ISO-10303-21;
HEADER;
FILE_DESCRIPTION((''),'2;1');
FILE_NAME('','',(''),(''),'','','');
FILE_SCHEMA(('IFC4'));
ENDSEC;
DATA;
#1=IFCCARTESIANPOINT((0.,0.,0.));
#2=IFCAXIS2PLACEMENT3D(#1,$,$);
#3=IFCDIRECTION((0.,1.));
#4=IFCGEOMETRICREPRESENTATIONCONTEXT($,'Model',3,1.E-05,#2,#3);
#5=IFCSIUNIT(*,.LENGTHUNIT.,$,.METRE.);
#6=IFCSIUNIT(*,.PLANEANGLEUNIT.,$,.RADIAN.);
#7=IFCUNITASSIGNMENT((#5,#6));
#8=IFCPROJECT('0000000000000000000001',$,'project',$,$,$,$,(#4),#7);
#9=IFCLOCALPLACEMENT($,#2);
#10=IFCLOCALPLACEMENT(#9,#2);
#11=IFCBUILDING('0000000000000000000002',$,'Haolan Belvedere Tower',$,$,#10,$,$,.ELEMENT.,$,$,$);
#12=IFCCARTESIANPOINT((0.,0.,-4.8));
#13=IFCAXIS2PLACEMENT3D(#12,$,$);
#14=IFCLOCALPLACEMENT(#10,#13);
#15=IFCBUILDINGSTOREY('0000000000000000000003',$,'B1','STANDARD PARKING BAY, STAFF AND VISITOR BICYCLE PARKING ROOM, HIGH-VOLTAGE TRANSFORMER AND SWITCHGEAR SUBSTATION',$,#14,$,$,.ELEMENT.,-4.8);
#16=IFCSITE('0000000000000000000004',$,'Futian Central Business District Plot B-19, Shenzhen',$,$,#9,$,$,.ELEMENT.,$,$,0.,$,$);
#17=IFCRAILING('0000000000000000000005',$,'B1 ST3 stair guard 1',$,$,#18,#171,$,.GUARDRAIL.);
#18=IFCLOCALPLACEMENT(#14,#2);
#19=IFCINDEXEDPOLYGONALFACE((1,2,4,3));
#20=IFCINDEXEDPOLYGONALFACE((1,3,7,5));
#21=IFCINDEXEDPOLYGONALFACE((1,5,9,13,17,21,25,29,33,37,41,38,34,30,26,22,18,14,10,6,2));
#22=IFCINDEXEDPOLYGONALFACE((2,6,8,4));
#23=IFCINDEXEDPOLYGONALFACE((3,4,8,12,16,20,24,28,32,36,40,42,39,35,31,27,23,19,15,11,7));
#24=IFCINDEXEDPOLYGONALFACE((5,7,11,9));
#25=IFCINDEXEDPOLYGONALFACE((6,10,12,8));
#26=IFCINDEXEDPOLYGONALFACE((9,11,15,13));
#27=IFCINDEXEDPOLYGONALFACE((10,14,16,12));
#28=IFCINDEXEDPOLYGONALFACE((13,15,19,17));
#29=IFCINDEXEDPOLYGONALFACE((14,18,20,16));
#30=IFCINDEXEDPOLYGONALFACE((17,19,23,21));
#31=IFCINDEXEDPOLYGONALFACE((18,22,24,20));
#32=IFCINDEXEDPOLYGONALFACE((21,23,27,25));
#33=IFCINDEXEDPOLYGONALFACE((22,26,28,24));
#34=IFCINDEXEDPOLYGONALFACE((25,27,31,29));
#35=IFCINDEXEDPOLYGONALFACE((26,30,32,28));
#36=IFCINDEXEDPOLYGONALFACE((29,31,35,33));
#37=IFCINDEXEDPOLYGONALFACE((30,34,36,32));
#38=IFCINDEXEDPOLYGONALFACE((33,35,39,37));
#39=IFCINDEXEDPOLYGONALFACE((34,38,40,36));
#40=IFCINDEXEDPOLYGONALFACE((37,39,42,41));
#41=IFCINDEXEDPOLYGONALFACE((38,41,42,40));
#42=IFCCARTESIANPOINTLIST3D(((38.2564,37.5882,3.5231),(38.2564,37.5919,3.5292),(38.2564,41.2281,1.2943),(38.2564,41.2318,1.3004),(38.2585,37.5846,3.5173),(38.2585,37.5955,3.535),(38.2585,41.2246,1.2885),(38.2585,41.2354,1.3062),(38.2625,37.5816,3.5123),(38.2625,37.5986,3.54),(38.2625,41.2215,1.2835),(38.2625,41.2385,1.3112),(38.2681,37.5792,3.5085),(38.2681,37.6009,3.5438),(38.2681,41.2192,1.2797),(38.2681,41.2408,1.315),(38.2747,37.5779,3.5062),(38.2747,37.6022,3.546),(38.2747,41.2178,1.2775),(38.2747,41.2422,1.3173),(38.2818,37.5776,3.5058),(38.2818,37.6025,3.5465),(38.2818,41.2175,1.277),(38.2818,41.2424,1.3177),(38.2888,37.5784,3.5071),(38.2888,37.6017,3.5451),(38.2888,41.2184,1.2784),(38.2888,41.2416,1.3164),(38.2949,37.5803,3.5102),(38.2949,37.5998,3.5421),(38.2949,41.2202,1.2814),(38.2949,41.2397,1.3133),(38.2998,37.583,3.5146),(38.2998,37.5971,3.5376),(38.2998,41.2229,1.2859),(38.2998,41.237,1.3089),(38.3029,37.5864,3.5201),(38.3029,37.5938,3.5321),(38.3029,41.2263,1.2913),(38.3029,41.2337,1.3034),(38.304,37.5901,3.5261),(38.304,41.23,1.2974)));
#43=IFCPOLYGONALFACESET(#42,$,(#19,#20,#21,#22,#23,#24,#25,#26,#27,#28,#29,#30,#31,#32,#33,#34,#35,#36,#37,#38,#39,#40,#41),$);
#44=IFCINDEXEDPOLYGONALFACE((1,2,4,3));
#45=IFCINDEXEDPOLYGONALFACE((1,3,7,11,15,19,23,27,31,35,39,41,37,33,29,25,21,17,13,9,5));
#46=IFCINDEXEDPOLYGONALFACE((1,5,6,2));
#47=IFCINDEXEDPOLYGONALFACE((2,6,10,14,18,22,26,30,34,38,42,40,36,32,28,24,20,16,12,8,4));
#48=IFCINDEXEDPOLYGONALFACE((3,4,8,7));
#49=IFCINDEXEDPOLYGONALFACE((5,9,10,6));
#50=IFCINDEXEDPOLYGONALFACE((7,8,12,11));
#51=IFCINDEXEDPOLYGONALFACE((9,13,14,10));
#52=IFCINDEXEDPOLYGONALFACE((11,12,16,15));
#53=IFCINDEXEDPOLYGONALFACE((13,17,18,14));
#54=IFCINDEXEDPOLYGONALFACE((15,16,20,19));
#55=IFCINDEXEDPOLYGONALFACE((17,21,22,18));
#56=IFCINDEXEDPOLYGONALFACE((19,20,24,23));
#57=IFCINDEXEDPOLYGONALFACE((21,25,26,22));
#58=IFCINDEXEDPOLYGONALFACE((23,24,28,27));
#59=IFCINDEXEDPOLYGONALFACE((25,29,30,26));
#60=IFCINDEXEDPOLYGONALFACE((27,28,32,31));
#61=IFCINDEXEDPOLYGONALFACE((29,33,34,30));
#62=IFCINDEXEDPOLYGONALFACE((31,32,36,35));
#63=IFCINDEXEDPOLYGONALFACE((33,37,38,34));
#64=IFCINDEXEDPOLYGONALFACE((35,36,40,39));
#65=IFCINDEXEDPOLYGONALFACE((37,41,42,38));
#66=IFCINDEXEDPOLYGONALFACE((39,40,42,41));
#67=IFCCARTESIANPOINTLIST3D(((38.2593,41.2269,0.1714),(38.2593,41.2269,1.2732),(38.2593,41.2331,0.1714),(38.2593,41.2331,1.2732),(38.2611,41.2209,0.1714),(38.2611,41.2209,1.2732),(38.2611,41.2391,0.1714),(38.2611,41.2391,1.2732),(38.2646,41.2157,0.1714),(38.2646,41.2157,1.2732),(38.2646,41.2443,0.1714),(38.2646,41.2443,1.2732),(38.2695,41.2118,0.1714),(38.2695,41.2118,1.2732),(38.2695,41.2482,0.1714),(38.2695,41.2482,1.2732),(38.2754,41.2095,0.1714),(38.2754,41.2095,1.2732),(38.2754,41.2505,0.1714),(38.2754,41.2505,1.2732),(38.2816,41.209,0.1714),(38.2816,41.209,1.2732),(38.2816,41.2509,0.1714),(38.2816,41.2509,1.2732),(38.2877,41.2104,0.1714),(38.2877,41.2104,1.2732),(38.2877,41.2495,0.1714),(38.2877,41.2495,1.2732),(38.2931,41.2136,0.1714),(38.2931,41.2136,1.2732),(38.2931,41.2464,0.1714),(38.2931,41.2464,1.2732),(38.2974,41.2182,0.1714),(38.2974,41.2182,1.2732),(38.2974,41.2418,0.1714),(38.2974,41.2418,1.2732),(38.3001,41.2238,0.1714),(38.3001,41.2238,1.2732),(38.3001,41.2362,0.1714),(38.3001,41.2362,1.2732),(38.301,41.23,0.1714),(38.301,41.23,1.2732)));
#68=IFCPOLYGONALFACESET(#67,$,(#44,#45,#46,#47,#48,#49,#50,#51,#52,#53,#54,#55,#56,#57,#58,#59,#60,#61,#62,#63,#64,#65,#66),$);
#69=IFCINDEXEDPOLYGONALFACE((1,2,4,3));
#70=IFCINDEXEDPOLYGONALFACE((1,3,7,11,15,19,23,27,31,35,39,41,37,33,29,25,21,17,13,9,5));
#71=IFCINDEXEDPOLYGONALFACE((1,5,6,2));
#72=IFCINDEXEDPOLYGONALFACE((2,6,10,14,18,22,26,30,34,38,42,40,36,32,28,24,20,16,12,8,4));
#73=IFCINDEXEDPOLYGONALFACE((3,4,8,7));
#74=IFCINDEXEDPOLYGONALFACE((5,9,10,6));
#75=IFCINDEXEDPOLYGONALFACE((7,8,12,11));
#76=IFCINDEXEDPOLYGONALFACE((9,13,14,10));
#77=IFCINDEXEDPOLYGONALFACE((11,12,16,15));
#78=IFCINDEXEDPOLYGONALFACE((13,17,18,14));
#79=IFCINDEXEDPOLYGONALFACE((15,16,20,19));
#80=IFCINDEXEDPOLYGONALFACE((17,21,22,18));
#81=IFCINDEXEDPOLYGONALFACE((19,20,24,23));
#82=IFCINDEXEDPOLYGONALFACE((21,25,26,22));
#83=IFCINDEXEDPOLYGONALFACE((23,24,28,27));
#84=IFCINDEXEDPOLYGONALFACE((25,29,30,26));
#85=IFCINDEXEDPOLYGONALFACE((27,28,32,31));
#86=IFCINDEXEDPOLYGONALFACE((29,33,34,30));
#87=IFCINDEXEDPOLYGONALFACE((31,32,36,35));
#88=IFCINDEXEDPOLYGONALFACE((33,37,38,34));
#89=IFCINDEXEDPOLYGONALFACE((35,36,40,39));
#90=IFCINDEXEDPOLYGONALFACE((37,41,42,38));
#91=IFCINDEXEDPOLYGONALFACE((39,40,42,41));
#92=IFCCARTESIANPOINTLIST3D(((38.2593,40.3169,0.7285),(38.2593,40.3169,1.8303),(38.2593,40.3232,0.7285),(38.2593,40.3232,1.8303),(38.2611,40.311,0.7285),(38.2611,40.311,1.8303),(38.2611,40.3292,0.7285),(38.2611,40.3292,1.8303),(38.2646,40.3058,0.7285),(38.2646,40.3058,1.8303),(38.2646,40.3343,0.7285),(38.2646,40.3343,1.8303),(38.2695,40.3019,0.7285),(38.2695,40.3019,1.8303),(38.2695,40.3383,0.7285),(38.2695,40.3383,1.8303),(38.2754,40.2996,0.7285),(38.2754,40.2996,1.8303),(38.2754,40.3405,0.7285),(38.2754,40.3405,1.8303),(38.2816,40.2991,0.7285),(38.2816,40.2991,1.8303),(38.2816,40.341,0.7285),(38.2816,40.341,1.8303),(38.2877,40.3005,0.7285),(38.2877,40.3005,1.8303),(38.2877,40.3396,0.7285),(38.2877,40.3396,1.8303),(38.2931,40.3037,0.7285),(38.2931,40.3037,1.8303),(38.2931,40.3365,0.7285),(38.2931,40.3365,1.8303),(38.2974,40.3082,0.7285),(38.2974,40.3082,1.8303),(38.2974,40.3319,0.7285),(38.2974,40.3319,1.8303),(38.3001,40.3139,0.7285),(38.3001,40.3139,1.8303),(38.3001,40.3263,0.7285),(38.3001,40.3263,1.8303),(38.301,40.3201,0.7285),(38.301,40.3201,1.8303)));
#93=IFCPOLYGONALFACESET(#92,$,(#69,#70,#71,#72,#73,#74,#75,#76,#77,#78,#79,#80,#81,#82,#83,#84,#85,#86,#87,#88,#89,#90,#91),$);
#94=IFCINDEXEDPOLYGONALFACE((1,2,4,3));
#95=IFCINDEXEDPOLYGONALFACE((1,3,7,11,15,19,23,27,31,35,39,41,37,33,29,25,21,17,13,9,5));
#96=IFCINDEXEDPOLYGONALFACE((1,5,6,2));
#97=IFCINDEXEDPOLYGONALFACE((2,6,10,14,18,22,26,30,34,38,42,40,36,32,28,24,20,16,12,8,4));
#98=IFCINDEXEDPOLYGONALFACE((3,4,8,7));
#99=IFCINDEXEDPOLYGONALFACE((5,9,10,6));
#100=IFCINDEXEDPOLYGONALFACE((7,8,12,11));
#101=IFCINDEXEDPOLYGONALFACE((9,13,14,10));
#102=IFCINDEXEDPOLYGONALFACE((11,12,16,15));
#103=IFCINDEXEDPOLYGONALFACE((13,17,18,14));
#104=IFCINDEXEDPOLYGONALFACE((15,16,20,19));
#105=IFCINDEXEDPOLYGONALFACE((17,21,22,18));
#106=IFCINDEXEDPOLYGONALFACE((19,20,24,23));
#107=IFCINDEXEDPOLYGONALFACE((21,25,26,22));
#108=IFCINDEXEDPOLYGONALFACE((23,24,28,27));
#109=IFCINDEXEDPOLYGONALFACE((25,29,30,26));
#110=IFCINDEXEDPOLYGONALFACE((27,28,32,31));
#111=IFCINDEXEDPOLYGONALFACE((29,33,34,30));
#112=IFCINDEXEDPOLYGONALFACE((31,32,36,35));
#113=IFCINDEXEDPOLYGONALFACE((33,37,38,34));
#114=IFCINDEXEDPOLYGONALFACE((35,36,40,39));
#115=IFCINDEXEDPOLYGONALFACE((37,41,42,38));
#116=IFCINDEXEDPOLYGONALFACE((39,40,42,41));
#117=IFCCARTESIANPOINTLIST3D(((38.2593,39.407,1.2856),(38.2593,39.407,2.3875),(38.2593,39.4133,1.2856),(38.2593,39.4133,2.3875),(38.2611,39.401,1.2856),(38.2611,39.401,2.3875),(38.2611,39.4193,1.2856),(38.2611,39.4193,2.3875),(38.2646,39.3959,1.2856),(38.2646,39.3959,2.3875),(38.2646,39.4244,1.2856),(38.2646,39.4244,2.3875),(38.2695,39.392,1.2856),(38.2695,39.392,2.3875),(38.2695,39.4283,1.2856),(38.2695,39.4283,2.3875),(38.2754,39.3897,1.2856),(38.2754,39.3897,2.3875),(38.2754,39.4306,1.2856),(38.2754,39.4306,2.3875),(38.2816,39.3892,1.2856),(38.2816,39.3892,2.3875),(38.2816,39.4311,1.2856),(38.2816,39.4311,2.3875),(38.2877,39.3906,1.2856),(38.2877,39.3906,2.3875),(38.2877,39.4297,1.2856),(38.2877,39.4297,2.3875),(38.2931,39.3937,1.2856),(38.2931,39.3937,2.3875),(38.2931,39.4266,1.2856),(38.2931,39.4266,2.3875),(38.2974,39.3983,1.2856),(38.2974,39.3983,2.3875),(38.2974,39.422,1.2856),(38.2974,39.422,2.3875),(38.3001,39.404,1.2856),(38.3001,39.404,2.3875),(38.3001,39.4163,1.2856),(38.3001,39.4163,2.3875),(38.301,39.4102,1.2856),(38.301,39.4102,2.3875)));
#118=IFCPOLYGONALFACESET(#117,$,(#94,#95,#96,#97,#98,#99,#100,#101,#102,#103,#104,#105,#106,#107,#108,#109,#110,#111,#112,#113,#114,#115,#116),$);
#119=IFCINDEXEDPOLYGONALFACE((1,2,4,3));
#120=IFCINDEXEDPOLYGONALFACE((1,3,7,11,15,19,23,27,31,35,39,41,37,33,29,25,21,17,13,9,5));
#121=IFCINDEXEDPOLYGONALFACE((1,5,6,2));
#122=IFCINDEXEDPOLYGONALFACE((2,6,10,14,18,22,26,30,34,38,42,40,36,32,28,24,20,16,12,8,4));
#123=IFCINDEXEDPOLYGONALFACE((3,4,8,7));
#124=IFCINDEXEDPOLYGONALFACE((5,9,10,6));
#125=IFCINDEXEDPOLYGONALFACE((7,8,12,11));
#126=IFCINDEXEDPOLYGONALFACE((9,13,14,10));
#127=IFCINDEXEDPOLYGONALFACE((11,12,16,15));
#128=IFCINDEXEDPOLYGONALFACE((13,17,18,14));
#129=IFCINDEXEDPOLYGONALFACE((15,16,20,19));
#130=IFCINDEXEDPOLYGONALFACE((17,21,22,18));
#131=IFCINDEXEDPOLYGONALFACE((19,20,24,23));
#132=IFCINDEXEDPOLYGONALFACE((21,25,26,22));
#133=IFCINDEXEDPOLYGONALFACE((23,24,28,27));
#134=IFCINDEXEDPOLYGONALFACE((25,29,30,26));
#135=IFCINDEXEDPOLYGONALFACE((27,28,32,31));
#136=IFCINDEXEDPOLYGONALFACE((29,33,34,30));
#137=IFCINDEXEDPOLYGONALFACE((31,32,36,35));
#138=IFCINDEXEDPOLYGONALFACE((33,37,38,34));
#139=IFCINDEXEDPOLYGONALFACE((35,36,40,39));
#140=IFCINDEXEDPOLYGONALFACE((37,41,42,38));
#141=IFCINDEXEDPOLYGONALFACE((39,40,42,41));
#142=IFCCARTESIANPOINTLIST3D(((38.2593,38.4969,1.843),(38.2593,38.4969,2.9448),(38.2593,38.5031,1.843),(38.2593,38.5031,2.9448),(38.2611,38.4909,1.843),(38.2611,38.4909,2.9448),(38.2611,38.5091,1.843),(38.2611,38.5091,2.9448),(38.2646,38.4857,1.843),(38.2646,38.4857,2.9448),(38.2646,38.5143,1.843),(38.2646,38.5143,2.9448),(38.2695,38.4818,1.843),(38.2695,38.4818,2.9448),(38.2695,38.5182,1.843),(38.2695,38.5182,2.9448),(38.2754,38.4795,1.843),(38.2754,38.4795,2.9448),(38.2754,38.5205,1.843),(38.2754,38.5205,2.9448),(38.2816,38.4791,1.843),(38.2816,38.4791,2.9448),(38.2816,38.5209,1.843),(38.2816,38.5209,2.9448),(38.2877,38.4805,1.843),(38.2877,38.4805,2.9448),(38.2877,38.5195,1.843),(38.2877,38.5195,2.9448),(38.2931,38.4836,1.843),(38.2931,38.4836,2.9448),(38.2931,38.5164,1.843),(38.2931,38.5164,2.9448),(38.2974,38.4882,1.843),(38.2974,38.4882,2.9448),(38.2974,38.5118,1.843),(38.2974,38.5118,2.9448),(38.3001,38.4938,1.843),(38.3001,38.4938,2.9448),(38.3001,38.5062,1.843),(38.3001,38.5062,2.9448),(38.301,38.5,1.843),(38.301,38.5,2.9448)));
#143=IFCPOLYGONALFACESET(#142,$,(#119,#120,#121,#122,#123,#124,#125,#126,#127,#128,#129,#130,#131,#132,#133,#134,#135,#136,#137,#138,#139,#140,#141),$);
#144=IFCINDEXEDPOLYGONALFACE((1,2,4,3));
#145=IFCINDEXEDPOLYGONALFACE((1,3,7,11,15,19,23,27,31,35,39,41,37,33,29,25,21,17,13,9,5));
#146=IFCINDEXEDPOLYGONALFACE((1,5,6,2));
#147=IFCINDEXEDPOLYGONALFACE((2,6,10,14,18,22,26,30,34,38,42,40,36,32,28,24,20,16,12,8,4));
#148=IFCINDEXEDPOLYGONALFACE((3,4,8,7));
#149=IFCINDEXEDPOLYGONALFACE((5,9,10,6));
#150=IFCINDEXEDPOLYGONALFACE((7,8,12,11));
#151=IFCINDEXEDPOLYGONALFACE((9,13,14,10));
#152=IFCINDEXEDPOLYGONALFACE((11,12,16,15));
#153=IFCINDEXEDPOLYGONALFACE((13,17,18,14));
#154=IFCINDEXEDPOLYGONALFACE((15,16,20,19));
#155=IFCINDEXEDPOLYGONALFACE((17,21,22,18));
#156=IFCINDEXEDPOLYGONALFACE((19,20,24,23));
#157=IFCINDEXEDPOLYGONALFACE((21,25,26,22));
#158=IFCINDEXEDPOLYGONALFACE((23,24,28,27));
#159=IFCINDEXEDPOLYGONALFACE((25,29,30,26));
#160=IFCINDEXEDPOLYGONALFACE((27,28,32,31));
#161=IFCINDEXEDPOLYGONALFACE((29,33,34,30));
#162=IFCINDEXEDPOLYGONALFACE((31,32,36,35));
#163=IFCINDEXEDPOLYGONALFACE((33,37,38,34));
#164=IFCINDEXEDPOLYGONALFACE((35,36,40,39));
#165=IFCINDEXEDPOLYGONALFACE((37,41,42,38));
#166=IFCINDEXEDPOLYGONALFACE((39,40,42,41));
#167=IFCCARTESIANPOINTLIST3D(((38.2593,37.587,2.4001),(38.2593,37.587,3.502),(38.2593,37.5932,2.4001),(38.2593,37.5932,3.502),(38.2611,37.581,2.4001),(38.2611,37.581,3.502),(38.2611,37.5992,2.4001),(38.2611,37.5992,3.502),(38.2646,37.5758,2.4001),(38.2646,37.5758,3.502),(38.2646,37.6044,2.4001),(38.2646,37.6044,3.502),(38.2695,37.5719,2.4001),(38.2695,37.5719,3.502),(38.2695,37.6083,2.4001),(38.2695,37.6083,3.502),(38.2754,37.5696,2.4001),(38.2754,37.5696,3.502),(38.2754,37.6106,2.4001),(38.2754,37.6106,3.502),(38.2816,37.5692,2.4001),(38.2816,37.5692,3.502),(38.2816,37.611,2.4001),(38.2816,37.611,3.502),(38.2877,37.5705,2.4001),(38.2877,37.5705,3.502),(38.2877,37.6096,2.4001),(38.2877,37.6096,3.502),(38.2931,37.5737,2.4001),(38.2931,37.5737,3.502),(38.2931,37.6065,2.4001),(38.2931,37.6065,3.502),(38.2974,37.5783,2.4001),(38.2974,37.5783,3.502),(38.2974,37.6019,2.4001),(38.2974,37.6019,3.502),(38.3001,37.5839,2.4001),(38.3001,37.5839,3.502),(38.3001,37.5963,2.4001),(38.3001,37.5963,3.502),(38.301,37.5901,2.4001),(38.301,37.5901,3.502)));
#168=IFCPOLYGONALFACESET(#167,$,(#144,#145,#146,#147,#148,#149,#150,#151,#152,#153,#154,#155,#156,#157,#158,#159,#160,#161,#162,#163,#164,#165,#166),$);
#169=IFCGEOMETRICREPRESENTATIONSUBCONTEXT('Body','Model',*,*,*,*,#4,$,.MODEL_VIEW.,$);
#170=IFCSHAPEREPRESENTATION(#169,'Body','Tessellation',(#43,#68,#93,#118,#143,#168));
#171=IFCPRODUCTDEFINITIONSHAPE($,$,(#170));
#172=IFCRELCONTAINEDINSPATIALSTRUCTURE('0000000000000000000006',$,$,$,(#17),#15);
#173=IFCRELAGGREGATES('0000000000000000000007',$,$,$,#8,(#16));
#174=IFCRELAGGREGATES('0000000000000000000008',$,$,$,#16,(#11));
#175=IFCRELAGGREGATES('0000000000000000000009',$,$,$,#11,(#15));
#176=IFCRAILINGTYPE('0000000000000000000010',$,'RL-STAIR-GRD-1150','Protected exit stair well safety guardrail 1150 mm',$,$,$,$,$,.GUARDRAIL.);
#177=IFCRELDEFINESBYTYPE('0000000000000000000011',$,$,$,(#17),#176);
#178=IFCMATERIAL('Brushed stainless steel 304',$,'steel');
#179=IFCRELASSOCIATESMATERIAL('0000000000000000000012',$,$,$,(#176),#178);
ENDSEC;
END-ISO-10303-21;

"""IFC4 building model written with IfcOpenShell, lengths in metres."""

from ifc_helpers import new_model, si_unit, direction, frame, origin, origin_2d, place, context, subcontext, project, spatial, circle, extrude, material, type_object, element, save


model = new_model("IFC4")

# Units and contexts
model_context = context("Model", 3, precision=1e-05, world=origin(), true_north=direction((0.0, 1.0)))
body_context = subcontext(model_context, "Body", "Model", "MODEL_VIEW")
ifc_project = project(units=[si_unit("LENGTHUNIT", "METRE"), si_unit("PLANEANGLEUNIT", "RADIAN")], contexts=[model_context])

# Site, building, storey
site_placement = place(None, origin())
site = spatial("IfcSite", under=ifc_project, at=site_placement, Name="Futian Central Business District Plot B-19, Shenzhen", CompositionType="ELEMENT", RefElevation=0.0)
building_placement = place(site_placement, origin())
building = spatial("IfcBuilding", under=site, at=building_placement, Name="Haolan Belvedere Tower", CompositionType="ELEMENT")
storey_placement = place(building_placement, frame((0.0, 0.0, -4.8)))
storey = spatial("IfcBuildingStorey", under=building, at=storey_placement, Name="B1", Description="STANDARD PARKING BAY, STAFF AND VISITOR BICYCLE PARKING ROOM, HIGH-VOLTAGE TRANSFORMER AND SWITCHGEAR SUBSTATION", CompositionType="ELEMENT", Elevation=-4.8)

# Railing
ifc_material_1 = material(Name="Brushed stainless steel 304", Category="steel")
railing_type_1 = type_object("IfcRailingType", Name="RL-STAIR-GRD-1150", Description="Protected exit stair well safety guardrail 1150 mm", PredefinedType="GUARDRAIL", material=ifc_material_1)
railing_1_placement = place(storey_placement, frame((38.28, 41.23, 0.1714)))
element("IfcRailing", 1, at=railing_1_placement, inside=storey, type_object=railing_type_1, Name="B1 ST3 stair guard 1", PredefinedType="GUARDRAIL", context=body_context, shape_type="SweptSolid", body=[
    extrude(circle(Radius=0.0239, at=origin_2d()), frame((0.0, 0.0, 1.126), z_axis=(0.0, -0.852825, 0.522197), x_axis=(1.0, 0.0, 0.0)), (0.0, 0.0, 1.0), 4.2681),
    extrude(circle(Radius=0.021, at=origin_2d()), origin(), (0.0, 0.0, 1.0), 1.1018),
    extrude(circle(Radius=0.021, at=origin_2d()), frame((0.0, -0.9099, 0.5571)), (0.0, 0.0, 1.0), 1.1018),
    extrude(circle(Radius=0.021, at=origin_2d()), frame((0.0, -1.8198, 1.1143)), (0.0, 0.0, 1.0), 1.1018),
    extrude(circle(Radius=0.021, at=origin_2d()), frame((0.0, -2.73, 1.6716)), (0.0, 0.0, 1.0), 1.1018),
    extrude(circle(Radius=0.021, at=origin_2d()), frame((0.0, -3.6399, 2.2288)), (0.0, 0.0, 1.0), 1.1018),
])

save(model, "model.ifc")
